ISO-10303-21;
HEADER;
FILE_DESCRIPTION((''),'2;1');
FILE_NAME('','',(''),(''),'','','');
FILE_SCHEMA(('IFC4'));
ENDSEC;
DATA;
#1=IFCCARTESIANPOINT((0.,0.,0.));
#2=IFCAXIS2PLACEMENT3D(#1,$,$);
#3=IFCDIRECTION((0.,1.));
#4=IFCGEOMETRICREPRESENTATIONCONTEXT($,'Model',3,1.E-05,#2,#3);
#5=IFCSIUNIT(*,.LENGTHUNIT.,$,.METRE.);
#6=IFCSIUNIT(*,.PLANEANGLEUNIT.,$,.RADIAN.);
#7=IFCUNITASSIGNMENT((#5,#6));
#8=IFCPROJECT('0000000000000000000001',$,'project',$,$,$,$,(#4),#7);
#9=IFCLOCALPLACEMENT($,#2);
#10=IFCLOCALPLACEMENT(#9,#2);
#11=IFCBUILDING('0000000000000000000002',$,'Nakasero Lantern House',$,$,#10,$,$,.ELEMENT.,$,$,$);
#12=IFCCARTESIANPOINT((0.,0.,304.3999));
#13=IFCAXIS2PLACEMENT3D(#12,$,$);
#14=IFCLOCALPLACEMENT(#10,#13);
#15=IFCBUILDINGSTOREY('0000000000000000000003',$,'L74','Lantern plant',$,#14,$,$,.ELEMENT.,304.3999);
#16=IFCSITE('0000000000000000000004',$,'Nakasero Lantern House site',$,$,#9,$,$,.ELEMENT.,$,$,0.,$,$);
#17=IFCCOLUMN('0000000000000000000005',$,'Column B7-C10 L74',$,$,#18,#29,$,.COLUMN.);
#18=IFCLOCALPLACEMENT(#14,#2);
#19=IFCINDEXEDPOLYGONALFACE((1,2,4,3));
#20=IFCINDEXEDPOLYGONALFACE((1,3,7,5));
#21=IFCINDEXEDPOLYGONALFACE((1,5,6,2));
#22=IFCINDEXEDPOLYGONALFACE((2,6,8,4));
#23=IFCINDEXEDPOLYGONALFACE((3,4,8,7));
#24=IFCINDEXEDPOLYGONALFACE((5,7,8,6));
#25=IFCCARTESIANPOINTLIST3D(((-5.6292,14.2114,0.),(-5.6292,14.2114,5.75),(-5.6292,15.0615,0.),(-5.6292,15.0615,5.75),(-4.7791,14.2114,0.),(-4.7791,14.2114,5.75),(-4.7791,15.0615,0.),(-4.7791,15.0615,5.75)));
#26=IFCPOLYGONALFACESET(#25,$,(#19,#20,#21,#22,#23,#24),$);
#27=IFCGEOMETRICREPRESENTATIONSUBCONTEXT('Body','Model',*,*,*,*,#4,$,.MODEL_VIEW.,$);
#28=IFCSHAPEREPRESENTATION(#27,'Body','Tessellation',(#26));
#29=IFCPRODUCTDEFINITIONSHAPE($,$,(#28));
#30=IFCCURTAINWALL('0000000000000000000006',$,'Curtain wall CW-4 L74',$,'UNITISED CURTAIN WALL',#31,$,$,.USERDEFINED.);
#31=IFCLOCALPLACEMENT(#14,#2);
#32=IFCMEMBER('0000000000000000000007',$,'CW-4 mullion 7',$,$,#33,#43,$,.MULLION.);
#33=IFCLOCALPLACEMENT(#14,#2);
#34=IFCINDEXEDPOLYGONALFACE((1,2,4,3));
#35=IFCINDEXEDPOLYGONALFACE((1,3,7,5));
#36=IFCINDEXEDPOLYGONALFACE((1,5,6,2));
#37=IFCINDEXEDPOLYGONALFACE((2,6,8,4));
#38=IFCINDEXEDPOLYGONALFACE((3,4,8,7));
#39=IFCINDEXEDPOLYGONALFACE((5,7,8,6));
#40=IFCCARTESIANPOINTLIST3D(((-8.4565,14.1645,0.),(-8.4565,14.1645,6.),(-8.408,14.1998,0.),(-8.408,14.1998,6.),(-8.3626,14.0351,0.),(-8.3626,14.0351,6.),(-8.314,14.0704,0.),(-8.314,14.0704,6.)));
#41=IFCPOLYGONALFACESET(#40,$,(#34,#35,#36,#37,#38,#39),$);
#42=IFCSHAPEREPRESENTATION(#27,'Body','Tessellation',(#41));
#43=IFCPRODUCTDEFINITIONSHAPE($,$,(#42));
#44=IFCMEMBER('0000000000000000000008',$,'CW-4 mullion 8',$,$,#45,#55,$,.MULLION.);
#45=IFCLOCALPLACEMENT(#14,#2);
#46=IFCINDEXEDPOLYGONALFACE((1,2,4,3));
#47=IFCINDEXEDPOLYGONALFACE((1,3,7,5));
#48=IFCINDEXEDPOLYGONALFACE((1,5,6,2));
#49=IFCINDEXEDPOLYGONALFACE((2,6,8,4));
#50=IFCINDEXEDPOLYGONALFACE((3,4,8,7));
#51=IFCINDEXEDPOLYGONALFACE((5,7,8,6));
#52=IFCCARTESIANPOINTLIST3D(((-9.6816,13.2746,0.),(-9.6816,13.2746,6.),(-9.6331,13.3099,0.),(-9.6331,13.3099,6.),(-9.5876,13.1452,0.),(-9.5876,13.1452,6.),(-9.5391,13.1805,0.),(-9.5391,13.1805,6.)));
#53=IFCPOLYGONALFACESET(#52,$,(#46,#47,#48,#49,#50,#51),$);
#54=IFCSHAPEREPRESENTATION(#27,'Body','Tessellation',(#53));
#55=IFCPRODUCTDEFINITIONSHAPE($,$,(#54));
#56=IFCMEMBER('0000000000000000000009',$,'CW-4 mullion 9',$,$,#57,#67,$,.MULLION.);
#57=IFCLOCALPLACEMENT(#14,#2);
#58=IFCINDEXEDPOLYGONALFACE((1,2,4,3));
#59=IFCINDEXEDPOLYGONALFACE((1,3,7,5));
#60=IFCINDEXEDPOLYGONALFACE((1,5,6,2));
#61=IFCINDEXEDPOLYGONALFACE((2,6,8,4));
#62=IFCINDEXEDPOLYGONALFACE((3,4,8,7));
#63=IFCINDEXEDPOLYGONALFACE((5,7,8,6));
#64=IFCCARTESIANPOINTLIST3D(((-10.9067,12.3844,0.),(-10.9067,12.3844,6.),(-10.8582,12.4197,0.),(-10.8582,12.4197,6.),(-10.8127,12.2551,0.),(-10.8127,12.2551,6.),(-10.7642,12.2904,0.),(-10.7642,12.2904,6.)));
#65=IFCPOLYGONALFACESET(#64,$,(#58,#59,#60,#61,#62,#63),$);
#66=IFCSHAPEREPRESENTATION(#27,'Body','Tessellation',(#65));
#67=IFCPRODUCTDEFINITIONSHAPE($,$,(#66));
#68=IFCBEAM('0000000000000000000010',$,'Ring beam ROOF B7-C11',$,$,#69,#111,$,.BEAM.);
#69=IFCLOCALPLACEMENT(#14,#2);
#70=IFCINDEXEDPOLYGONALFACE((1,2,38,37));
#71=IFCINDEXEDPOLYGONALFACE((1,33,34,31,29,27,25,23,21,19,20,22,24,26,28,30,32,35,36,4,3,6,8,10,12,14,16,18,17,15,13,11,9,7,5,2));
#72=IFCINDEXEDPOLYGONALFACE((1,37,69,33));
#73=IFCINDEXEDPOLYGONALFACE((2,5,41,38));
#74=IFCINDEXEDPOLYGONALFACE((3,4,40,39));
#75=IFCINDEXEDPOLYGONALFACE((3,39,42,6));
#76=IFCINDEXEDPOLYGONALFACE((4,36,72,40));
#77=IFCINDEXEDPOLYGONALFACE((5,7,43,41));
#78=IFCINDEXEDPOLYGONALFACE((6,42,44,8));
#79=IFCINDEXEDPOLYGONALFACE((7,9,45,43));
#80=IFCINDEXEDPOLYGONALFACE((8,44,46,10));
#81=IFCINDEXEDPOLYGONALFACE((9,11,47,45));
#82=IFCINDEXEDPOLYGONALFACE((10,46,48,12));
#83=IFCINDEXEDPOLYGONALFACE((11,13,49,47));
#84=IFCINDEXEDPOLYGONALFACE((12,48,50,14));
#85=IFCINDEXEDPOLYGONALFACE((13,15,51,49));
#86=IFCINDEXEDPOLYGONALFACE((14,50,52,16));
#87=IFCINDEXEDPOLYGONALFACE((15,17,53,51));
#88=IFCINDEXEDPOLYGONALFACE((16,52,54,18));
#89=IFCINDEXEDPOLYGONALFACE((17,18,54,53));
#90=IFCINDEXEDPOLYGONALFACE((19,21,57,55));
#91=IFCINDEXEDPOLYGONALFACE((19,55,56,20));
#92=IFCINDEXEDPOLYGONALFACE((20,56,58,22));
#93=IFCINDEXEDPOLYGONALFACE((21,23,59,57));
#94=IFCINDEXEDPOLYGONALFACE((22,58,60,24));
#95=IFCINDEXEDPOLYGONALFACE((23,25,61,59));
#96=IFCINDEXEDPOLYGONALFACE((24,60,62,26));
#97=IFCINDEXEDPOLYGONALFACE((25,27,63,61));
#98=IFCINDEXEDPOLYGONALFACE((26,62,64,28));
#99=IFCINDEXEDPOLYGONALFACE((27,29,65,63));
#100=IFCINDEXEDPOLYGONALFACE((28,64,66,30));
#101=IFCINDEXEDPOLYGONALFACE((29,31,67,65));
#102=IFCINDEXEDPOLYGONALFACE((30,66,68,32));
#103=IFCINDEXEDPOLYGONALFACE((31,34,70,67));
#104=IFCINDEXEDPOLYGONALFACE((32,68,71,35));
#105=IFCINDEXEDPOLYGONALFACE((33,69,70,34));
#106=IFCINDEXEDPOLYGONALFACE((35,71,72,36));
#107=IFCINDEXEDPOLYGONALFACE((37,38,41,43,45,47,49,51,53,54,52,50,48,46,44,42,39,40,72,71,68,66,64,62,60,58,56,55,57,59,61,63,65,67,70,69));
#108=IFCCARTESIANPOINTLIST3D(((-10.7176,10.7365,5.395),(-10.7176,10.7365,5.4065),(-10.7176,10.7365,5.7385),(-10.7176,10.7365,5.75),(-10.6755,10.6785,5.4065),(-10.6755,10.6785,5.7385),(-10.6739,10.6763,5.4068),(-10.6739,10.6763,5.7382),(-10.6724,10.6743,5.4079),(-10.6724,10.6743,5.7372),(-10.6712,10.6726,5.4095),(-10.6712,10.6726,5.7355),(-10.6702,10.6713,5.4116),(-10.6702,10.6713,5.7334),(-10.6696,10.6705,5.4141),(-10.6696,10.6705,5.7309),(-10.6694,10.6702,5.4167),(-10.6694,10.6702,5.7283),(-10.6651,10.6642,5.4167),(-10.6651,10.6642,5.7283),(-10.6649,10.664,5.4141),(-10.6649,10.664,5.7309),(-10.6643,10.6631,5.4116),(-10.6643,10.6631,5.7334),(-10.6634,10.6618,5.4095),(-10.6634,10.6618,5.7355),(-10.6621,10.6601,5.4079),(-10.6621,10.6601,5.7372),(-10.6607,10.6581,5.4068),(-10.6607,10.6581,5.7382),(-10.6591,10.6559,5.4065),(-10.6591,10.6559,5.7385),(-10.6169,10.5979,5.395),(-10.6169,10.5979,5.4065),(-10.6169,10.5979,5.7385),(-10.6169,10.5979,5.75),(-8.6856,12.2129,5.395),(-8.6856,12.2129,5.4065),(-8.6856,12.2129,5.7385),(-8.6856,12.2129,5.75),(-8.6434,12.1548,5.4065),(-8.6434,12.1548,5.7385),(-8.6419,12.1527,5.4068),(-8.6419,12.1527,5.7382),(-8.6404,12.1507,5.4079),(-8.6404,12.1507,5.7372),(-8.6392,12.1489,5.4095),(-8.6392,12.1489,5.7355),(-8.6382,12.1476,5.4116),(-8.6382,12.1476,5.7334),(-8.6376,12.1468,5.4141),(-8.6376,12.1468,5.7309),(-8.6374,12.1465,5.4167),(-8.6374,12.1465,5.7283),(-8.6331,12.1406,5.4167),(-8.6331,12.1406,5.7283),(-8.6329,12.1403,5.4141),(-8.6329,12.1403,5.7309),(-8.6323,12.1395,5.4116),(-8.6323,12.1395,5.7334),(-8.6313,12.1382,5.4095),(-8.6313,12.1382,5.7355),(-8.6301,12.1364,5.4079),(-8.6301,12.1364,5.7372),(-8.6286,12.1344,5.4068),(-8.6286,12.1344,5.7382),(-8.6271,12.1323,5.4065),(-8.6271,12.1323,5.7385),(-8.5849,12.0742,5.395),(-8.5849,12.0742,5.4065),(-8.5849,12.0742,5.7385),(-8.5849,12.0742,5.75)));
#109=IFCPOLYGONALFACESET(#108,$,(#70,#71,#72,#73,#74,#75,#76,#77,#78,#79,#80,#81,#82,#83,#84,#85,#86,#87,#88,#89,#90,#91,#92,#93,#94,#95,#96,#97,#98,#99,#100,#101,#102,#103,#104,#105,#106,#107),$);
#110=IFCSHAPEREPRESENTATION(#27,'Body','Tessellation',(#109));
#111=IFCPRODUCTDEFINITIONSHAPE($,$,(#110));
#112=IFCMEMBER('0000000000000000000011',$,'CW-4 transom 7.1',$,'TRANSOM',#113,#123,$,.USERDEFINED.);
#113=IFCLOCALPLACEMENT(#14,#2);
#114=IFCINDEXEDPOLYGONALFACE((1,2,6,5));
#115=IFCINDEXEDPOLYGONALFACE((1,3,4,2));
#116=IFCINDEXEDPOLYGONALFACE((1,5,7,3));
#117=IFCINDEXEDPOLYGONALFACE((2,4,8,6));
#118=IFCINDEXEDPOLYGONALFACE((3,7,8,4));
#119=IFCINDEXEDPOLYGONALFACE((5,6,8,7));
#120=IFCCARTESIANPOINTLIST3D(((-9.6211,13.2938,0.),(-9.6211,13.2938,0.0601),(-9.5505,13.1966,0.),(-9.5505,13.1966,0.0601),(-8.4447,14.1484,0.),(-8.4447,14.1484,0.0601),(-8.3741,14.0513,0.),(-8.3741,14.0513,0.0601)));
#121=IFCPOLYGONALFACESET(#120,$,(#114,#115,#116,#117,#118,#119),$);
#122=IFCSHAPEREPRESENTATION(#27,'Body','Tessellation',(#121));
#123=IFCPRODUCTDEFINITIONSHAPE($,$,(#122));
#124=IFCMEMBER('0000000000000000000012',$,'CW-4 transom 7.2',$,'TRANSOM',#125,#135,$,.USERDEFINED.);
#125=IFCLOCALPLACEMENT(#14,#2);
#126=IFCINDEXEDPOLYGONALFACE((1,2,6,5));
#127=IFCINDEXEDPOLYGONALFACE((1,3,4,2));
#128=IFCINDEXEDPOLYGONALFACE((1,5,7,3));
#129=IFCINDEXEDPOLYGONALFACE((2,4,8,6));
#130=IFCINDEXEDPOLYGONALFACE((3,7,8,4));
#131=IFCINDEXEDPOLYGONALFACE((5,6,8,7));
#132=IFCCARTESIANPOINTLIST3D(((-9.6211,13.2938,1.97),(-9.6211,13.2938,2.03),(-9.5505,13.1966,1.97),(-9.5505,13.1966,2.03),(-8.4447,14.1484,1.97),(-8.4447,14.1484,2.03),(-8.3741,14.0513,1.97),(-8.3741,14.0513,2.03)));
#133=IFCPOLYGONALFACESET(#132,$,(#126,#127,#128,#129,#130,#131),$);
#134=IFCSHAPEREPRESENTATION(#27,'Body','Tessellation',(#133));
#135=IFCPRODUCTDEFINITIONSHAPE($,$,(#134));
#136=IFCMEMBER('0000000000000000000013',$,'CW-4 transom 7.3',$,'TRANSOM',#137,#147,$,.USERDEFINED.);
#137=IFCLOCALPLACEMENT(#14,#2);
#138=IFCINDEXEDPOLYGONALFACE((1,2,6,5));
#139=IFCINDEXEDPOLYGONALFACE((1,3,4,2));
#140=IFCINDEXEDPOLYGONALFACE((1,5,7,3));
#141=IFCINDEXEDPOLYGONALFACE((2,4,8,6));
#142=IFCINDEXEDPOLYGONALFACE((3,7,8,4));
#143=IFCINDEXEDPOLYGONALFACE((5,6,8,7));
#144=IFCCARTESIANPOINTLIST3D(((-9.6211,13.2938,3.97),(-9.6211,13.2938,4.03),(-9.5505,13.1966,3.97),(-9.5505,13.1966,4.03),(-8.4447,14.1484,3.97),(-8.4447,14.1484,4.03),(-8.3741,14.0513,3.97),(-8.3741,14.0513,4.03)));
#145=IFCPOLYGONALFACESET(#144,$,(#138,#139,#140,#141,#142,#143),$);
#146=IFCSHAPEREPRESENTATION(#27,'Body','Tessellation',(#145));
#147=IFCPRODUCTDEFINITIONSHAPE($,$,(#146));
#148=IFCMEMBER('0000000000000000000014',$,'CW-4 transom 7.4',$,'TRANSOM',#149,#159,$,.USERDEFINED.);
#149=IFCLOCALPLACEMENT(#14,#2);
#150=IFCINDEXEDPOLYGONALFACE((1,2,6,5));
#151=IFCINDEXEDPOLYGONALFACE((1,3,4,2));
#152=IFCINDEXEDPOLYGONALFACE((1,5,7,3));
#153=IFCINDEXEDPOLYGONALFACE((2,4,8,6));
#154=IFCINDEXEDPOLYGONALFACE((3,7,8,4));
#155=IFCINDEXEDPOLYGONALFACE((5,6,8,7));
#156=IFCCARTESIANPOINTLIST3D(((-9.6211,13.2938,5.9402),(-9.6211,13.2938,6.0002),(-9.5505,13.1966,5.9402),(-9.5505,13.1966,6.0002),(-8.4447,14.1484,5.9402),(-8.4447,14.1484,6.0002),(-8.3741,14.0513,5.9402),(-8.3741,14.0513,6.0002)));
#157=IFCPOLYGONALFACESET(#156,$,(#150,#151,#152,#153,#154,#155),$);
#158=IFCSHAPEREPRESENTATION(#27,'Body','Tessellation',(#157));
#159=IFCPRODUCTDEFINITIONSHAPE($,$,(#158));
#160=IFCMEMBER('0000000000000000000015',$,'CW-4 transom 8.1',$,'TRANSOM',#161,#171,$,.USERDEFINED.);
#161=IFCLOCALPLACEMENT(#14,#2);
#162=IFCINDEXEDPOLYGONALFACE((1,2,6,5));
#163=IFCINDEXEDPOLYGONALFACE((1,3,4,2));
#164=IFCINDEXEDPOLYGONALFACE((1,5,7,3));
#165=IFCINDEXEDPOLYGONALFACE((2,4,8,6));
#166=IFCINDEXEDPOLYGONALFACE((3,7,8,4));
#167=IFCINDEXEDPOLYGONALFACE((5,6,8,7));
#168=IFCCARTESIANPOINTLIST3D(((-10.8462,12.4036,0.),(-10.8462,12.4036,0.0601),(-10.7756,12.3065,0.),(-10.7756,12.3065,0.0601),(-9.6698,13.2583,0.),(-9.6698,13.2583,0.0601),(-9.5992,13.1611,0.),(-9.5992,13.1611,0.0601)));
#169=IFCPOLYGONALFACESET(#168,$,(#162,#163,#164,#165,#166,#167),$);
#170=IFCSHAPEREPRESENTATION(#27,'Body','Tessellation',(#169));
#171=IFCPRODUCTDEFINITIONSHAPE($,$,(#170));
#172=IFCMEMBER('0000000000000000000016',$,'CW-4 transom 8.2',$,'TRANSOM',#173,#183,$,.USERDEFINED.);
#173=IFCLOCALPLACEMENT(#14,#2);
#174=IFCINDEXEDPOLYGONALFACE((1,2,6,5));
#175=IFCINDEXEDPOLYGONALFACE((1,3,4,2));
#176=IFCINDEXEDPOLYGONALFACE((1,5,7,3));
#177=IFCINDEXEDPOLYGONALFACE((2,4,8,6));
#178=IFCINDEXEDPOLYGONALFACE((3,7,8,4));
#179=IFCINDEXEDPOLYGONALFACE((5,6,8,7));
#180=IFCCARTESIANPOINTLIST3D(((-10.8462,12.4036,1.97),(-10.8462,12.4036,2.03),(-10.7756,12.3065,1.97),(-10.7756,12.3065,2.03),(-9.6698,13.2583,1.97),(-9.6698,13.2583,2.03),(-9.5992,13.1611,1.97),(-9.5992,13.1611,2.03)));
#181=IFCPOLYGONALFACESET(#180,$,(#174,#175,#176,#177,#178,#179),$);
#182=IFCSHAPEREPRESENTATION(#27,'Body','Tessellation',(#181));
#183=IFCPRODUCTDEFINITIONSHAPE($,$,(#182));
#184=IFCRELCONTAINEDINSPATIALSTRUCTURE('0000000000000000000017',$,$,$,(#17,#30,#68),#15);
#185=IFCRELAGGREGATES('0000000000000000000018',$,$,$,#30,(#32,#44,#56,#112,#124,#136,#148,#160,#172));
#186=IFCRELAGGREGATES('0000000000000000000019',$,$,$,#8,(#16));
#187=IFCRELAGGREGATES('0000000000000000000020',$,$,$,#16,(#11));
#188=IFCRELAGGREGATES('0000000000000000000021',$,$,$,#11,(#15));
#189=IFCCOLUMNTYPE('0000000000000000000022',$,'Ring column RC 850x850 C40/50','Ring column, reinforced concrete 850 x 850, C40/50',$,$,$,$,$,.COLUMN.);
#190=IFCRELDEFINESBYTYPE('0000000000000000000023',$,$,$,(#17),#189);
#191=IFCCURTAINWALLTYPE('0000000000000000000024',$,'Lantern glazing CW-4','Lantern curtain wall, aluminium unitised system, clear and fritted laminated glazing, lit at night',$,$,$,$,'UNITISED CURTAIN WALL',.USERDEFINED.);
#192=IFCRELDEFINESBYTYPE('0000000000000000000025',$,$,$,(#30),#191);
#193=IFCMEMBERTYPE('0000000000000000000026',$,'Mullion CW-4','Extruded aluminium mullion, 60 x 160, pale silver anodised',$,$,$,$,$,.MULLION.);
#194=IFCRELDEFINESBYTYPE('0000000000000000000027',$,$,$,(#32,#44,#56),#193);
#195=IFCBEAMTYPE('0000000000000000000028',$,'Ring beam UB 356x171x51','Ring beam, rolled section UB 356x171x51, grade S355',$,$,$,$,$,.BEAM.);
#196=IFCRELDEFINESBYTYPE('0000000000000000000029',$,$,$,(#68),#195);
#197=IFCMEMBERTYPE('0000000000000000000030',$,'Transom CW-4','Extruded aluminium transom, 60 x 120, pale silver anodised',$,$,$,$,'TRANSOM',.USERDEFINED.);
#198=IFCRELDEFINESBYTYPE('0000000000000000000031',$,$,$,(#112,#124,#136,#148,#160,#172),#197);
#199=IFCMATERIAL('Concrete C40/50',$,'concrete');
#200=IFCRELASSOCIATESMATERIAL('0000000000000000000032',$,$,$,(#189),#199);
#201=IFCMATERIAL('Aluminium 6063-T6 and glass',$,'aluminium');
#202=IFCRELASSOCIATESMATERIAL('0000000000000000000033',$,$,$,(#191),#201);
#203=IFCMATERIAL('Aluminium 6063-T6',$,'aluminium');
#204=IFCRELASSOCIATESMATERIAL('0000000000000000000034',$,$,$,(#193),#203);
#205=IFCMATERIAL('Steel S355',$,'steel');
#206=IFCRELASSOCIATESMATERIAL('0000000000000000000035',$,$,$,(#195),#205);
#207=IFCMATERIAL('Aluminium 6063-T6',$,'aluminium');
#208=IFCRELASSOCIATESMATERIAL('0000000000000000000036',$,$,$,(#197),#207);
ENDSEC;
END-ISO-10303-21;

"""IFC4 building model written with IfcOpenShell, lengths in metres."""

from ifc_helpers import new_model, si_unit, direction, frame, origin, origin_2d, place, context, subcontext, project, spatial, rectangle, i_section, extrude, material, material_profile, profile_set, type_object, element, aggregate, save


model = new_model("IFC4")

# Units and contexts
model_context = context("Model", 3, precision=1e-05, world=origin(), true_north=direction((0.0, 1.0)))
body_context = subcontext(model_context, "Body", "Model", "MODEL_VIEW")
ifc_project = project(units=[si_unit("LENGTHUNIT", "METRE"), si_unit("PLANEANGLEUNIT", "RADIAN")], contexts=[model_context])

# Site, building, storey
site_placement = place(None, origin())
site = spatial("IfcSite", under=ifc_project, at=site_placement, Name="Nakasero Lantern House site", CompositionType="ELEMENT", RefElevation=0.0)
building_placement = place(site_placement, origin())
building = spatial("IfcBuilding", under=site, at=building_placement, Name="Nakasero Lantern House", CompositionType="ELEMENT")
storey_placement = place(building_placement, frame((0.0, 0.0, 304.3999)))
storey = spatial("IfcBuildingStorey", under=building, at=storey_placement, Name="L74", Description="Lantern plant", CompositionType="ELEMENT", Elevation=304.3999)

# Column
ifc_material_1 = material(Name="Concrete C40/50", Category="concrete")
ifc_material_profile_1 = material_profile(ifc_material_1, rectangle(XDim=0.8501, YDim=0.8501, at=origin_2d()), Name="RC 850x850")
ifc_profile_set_1 = profile_set([ifc_material_profile_1], Name="Concrete C40/50")
column_type = type_object("IfcColumnType", Name="Ring column RC 850x850 C40/50", Description="Ring column, reinforced concrete 850 x 850, C40/50", PredefinedType="COLUMN", material=ifc_profile_set_1)
column_placement = place(storey_placement, frame((-5.2041, 14.6365, 0.0), z_axis=(0.0, 0.0, 1.0), x_axis=(1.0, 0.0, 0.0)))
element("IfcColumn", 1, at=column_placement, inside=storey, type_object=column_type, Name="Column B7-C10 L74", PredefinedType="COLUMN", context=body_context, shape_type="SweptSolid", body=[
    extrude(rectangle(XDim=0.8501, YDim=0.8501, at=origin_2d()), origin(), (0.0, 0.0, 1.0), 5.75),
])

# Curtain wall, members
ifc_material_2 = material(Name="Aluminium 6063-T6 and glass", Category="aluminium")
curtain_wall_type = type_object("IfcCurtainWallType", Name="Lantern glazing CW-4", Description="Lantern curtain wall, aluminium unitised system, clear and fritted laminated glazing, lit at night", ElementType="UNITISED CURTAIN WALL", PredefinedType="USERDEFINED", material=ifc_material_2)
curtain_wall_placement = place(storey_placement, origin())
curtain_wall = element("IfcCurtainWall", 2, at=curtain_wall_placement, inside=storey, type_object=curtain_wall_type, Name="Curtain wall CW-4 L74", ObjectType="UNITISED CURTAIN WALL", PredefinedType="USERDEFINED")
ifc_material_3 = material(Name="Aluminium 6063-T6", Category="aluminium")
ifc_material_profile_2 = material_profile(ifc_material_3, rectangle(XDim=0.0601, YDim=0.1599, at=origin_2d()), Name="CW-4 mullion 60x160")
ifc_profile_set_2 = profile_set([ifc_material_profile_2], Name="Aluminium 6063-T6")
member_type_1 = type_object("IfcMemberType", Name="Mullion CW-4", Description="Extruded aluminium mullion, 60 x 160, pale silver anodised", PredefinedType="MULLION", material=ifc_profile_set_2)
member_1_placement = place(storey_placement, frame((-8.3853, 14.1174, 0.0), z_axis=(0.0, 0.0, 1.0), x_axis=(-0.809017, -0.587785, 0.0)))
member_1 = element("IfcMember", 3, at=member_1_placement, type_object=member_type_1, Name="CW-4 mullion 7", PredefinedType="MULLION", context=body_context, shape_type="SweptSolid", body=[
    extrude(rectangle(XDim=0.0601, YDim=0.1599, at=origin_2d()), origin(), (0.0, 0.0, 1.0), 6.0),
])
member_2_placement = place(storey_placement, frame((-9.6104, 13.2275, 0.0), z_axis=(0.0, 0.0, 1.0), x_axis=(-0.809017, -0.587785, 0.0)))
member_2 = element("IfcMember", 4, at=member_2_placement, type_object=member_type_1, Name="CW-4 mullion 8", PredefinedType="MULLION", context=body_context, shape_type="SweptSolid", body=[
    extrude(rectangle(XDim=0.0601, YDim=0.1599, at=origin_2d()), origin(), (0.0, 0.0, 1.0), 6.0),
])
member_3_placement = place(storey_placement, frame((-10.8354, 12.3374, 0.0), z_axis=(0.0, 0.0, 1.0), x_axis=(-0.809017, -0.587785, 0.0)))
member_3 = element("IfcMember", 5, at=member_3_placement, type_object=member_type_1, Name="CW-4 mullion 9", PredefinedType="MULLION", context=body_context, shape_type="SweptSolid", body=[
    extrude(rectangle(XDim=0.0601, YDim=0.1599, at=origin_2d()), origin(), (0.0, 0.0, 1.0), 6.0),
])

# Beam
ifc_material_4 = material(Name="Steel S355", Category="steel")
ifc_material_profile_3 = material_profile(ifc_material_4, i_section(OverallWidth=0.1714, OverallDepth=0.355, WebThickness=0.0073, FlangeThickness=0.0115, FilletRadius=0.0103, at=origin_2d()), Name="UB 356x171x51")
ifc_profile_set_3 = profile_set([ifc_material_profile_3], Name="Steel S355")
beam_type = type_object("IfcBeamType", Name="Ring beam UB 356x171x51", Description="Ring beam, rolled section UB 356x171x51, grade S355", PredefinedType="BEAM", material=ifc_profile_set_3)
beam_placement = place(storey_placement, frame((-8.6353, 12.1436, 5.5725), z_axis=(-0.809018, -0.587784, 0.0), x_axis=(0.587784, -0.809018, 0.0)))
element("IfcBeam", 6, at=beam_placement, inside=storey, type_object=beam_type, Name="Ring beam ROOF B7-C11", PredefinedType="BEAM", context=body_context, shape_type="SweptSolid", body=[
    extrude(i_section(OverallWidth=0.1714, OverallDepth=0.355, WebThickness=0.0073, FlangeThickness=0.0115, FilletRadius=0.0103, at=origin_2d()), origin(), (0.0, 0.0, 1.0), 2.5117),
])

# Members
ifc_material_5 = material(Name="Aluminium 6063-T6", Category="aluminium")
ifc_material_profile_4 = material_profile(ifc_material_5, rectangle(XDim=0.0601, YDim=0.1201, at=origin_2d()), Name="CW-4 transom 60x120")
ifc_profile_set_4 = profile_set([ifc_material_profile_4], Name="Aluminium 6063-T6")
member_type_2 = type_object("IfcMemberType", Name="Transom CW-4", Description="Extruded aluminium transom, 60 x 120, pale silver anodised", ElementType="TRANSOM", PredefinedType="USERDEFINED", material=ifc_profile_set_4)
member_4_placement = place(storey_placement, frame((-8.4094, 14.0999, 0.03), z_axis=(-0.809034, -0.587762, 0.0), x_axis=(0.0, 0.0, 1.0)))
member_4 = element("IfcMember", 7, at=member_4_placement, type_object=member_type_2, Name="CW-4 transom 7.1", ObjectType="TRANSOM", PredefinedType="USERDEFINED", context=body_context, shape_type="SweptSolid", body=[
    extrude(rectangle(XDim=0.0601, YDim=0.1201, at=origin_2d()), origin(), (0.0, 0.0, 1.0), 1.4541),
])
member_5_placement = place(storey_placement, frame((-8.4094, 14.0999, 2.0), z_axis=(-0.809034, -0.587762, 0.0), x_axis=(0.0, 0.0, 1.0)))
member_5 = element("IfcMember", 8, at=member_5_placement, type_object=member_type_2, Name="CW-4 transom 7.2", ObjectType="TRANSOM", PredefinedType="USERDEFINED", context=body_context, shape_type="SweptSolid", body=[
    extrude(rectangle(XDim=0.0601, YDim=0.1201, at=origin_2d()), origin(), (0.0, 0.0, 1.0), 1.4541),
])
member_6_placement = place(storey_placement, frame((-8.4094, 14.0999, 4.0), z_axis=(-0.809034, -0.587762, 0.0), x_axis=(0.0, 0.0, 1.0)))
member_6 = element("IfcMember", 9, at=member_6_placement, type_object=member_type_2, Name="CW-4 transom 7.3", ObjectType="TRANSOM", PredefinedType="USERDEFINED", context=body_context, shape_type="SweptSolid", body=[
    extrude(rectangle(XDim=0.0601, YDim=0.1201, at=origin_2d()), origin(), (0.0, 0.0, 1.0), 1.4541),
])
member_7_placement = place(storey_placement, frame((-8.4094, 14.0999, 5.9702), z_axis=(-0.809034, -0.587762, 0.0), x_axis=(0.0, 0.0, 1.0)))
member_7 = element("IfcMember", 10, at=member_7_placement, type_object=member_type_2, Name="CW-4 transom 7.4", ObjectType="TRANSOM", PredefinedType="USERDEFINED", context=body_context, shape_type="SweptSolid", body=[
    extrude(rectangle(XDim=0.0601, YDim=0.1201, at=origin_2d()), origin(), (0.0, 0.0, 1.0), 1.4541),
])
member_8_placement = place(storey_placement, frame((-9.6345, 13.2097, 0.03), z_axis=(-0.809034, -0.587762, 0.0), x_axis=(0.0, 0.0, 1.0)))
member_8 = element("IfcMember", 11, at=member_8_placement, type_object=member_type_2, Name="CW-4 transom 8.1", ObjectType="TRANSOM", PredefinedType="USERDEFINED", context=body_context, shape_type="SweptSolid", body=[
    extrude(rectangle(XDim=0.0601, YDim=0.1201, at=origin_2d()), origin(), (0.0, 0.0, 1.0), 1.4541),
])
member_9_placement = place(storey_placement, frame((-9.6345, 13.2097, 2.0), z_axis=(-0.809034, -0.587762, 0.0), x_axis=(0.0, 0.0, 1.0)))
member_9 = element("IfcMember", 12, at=member_9_placement, type_object=member_type_2, Name="CW-4 transom 8.2", ObjectType="TRANSOM", PredefinedType="USERDEFINED", context=body_context, shape_type="SweptSolid", body=[
    extrude(rectangle(XDim=0.0601, YDim=0.1201, at=origin_2d()), origin(), (0.0, 0.0, 1.0), 1.4541),
])

aggregate(curtain_wall, [member_1, member_2, member_3, member_4, member_5, member_6, member_7, member_8, member_9])

save(model, "model.ifc")
